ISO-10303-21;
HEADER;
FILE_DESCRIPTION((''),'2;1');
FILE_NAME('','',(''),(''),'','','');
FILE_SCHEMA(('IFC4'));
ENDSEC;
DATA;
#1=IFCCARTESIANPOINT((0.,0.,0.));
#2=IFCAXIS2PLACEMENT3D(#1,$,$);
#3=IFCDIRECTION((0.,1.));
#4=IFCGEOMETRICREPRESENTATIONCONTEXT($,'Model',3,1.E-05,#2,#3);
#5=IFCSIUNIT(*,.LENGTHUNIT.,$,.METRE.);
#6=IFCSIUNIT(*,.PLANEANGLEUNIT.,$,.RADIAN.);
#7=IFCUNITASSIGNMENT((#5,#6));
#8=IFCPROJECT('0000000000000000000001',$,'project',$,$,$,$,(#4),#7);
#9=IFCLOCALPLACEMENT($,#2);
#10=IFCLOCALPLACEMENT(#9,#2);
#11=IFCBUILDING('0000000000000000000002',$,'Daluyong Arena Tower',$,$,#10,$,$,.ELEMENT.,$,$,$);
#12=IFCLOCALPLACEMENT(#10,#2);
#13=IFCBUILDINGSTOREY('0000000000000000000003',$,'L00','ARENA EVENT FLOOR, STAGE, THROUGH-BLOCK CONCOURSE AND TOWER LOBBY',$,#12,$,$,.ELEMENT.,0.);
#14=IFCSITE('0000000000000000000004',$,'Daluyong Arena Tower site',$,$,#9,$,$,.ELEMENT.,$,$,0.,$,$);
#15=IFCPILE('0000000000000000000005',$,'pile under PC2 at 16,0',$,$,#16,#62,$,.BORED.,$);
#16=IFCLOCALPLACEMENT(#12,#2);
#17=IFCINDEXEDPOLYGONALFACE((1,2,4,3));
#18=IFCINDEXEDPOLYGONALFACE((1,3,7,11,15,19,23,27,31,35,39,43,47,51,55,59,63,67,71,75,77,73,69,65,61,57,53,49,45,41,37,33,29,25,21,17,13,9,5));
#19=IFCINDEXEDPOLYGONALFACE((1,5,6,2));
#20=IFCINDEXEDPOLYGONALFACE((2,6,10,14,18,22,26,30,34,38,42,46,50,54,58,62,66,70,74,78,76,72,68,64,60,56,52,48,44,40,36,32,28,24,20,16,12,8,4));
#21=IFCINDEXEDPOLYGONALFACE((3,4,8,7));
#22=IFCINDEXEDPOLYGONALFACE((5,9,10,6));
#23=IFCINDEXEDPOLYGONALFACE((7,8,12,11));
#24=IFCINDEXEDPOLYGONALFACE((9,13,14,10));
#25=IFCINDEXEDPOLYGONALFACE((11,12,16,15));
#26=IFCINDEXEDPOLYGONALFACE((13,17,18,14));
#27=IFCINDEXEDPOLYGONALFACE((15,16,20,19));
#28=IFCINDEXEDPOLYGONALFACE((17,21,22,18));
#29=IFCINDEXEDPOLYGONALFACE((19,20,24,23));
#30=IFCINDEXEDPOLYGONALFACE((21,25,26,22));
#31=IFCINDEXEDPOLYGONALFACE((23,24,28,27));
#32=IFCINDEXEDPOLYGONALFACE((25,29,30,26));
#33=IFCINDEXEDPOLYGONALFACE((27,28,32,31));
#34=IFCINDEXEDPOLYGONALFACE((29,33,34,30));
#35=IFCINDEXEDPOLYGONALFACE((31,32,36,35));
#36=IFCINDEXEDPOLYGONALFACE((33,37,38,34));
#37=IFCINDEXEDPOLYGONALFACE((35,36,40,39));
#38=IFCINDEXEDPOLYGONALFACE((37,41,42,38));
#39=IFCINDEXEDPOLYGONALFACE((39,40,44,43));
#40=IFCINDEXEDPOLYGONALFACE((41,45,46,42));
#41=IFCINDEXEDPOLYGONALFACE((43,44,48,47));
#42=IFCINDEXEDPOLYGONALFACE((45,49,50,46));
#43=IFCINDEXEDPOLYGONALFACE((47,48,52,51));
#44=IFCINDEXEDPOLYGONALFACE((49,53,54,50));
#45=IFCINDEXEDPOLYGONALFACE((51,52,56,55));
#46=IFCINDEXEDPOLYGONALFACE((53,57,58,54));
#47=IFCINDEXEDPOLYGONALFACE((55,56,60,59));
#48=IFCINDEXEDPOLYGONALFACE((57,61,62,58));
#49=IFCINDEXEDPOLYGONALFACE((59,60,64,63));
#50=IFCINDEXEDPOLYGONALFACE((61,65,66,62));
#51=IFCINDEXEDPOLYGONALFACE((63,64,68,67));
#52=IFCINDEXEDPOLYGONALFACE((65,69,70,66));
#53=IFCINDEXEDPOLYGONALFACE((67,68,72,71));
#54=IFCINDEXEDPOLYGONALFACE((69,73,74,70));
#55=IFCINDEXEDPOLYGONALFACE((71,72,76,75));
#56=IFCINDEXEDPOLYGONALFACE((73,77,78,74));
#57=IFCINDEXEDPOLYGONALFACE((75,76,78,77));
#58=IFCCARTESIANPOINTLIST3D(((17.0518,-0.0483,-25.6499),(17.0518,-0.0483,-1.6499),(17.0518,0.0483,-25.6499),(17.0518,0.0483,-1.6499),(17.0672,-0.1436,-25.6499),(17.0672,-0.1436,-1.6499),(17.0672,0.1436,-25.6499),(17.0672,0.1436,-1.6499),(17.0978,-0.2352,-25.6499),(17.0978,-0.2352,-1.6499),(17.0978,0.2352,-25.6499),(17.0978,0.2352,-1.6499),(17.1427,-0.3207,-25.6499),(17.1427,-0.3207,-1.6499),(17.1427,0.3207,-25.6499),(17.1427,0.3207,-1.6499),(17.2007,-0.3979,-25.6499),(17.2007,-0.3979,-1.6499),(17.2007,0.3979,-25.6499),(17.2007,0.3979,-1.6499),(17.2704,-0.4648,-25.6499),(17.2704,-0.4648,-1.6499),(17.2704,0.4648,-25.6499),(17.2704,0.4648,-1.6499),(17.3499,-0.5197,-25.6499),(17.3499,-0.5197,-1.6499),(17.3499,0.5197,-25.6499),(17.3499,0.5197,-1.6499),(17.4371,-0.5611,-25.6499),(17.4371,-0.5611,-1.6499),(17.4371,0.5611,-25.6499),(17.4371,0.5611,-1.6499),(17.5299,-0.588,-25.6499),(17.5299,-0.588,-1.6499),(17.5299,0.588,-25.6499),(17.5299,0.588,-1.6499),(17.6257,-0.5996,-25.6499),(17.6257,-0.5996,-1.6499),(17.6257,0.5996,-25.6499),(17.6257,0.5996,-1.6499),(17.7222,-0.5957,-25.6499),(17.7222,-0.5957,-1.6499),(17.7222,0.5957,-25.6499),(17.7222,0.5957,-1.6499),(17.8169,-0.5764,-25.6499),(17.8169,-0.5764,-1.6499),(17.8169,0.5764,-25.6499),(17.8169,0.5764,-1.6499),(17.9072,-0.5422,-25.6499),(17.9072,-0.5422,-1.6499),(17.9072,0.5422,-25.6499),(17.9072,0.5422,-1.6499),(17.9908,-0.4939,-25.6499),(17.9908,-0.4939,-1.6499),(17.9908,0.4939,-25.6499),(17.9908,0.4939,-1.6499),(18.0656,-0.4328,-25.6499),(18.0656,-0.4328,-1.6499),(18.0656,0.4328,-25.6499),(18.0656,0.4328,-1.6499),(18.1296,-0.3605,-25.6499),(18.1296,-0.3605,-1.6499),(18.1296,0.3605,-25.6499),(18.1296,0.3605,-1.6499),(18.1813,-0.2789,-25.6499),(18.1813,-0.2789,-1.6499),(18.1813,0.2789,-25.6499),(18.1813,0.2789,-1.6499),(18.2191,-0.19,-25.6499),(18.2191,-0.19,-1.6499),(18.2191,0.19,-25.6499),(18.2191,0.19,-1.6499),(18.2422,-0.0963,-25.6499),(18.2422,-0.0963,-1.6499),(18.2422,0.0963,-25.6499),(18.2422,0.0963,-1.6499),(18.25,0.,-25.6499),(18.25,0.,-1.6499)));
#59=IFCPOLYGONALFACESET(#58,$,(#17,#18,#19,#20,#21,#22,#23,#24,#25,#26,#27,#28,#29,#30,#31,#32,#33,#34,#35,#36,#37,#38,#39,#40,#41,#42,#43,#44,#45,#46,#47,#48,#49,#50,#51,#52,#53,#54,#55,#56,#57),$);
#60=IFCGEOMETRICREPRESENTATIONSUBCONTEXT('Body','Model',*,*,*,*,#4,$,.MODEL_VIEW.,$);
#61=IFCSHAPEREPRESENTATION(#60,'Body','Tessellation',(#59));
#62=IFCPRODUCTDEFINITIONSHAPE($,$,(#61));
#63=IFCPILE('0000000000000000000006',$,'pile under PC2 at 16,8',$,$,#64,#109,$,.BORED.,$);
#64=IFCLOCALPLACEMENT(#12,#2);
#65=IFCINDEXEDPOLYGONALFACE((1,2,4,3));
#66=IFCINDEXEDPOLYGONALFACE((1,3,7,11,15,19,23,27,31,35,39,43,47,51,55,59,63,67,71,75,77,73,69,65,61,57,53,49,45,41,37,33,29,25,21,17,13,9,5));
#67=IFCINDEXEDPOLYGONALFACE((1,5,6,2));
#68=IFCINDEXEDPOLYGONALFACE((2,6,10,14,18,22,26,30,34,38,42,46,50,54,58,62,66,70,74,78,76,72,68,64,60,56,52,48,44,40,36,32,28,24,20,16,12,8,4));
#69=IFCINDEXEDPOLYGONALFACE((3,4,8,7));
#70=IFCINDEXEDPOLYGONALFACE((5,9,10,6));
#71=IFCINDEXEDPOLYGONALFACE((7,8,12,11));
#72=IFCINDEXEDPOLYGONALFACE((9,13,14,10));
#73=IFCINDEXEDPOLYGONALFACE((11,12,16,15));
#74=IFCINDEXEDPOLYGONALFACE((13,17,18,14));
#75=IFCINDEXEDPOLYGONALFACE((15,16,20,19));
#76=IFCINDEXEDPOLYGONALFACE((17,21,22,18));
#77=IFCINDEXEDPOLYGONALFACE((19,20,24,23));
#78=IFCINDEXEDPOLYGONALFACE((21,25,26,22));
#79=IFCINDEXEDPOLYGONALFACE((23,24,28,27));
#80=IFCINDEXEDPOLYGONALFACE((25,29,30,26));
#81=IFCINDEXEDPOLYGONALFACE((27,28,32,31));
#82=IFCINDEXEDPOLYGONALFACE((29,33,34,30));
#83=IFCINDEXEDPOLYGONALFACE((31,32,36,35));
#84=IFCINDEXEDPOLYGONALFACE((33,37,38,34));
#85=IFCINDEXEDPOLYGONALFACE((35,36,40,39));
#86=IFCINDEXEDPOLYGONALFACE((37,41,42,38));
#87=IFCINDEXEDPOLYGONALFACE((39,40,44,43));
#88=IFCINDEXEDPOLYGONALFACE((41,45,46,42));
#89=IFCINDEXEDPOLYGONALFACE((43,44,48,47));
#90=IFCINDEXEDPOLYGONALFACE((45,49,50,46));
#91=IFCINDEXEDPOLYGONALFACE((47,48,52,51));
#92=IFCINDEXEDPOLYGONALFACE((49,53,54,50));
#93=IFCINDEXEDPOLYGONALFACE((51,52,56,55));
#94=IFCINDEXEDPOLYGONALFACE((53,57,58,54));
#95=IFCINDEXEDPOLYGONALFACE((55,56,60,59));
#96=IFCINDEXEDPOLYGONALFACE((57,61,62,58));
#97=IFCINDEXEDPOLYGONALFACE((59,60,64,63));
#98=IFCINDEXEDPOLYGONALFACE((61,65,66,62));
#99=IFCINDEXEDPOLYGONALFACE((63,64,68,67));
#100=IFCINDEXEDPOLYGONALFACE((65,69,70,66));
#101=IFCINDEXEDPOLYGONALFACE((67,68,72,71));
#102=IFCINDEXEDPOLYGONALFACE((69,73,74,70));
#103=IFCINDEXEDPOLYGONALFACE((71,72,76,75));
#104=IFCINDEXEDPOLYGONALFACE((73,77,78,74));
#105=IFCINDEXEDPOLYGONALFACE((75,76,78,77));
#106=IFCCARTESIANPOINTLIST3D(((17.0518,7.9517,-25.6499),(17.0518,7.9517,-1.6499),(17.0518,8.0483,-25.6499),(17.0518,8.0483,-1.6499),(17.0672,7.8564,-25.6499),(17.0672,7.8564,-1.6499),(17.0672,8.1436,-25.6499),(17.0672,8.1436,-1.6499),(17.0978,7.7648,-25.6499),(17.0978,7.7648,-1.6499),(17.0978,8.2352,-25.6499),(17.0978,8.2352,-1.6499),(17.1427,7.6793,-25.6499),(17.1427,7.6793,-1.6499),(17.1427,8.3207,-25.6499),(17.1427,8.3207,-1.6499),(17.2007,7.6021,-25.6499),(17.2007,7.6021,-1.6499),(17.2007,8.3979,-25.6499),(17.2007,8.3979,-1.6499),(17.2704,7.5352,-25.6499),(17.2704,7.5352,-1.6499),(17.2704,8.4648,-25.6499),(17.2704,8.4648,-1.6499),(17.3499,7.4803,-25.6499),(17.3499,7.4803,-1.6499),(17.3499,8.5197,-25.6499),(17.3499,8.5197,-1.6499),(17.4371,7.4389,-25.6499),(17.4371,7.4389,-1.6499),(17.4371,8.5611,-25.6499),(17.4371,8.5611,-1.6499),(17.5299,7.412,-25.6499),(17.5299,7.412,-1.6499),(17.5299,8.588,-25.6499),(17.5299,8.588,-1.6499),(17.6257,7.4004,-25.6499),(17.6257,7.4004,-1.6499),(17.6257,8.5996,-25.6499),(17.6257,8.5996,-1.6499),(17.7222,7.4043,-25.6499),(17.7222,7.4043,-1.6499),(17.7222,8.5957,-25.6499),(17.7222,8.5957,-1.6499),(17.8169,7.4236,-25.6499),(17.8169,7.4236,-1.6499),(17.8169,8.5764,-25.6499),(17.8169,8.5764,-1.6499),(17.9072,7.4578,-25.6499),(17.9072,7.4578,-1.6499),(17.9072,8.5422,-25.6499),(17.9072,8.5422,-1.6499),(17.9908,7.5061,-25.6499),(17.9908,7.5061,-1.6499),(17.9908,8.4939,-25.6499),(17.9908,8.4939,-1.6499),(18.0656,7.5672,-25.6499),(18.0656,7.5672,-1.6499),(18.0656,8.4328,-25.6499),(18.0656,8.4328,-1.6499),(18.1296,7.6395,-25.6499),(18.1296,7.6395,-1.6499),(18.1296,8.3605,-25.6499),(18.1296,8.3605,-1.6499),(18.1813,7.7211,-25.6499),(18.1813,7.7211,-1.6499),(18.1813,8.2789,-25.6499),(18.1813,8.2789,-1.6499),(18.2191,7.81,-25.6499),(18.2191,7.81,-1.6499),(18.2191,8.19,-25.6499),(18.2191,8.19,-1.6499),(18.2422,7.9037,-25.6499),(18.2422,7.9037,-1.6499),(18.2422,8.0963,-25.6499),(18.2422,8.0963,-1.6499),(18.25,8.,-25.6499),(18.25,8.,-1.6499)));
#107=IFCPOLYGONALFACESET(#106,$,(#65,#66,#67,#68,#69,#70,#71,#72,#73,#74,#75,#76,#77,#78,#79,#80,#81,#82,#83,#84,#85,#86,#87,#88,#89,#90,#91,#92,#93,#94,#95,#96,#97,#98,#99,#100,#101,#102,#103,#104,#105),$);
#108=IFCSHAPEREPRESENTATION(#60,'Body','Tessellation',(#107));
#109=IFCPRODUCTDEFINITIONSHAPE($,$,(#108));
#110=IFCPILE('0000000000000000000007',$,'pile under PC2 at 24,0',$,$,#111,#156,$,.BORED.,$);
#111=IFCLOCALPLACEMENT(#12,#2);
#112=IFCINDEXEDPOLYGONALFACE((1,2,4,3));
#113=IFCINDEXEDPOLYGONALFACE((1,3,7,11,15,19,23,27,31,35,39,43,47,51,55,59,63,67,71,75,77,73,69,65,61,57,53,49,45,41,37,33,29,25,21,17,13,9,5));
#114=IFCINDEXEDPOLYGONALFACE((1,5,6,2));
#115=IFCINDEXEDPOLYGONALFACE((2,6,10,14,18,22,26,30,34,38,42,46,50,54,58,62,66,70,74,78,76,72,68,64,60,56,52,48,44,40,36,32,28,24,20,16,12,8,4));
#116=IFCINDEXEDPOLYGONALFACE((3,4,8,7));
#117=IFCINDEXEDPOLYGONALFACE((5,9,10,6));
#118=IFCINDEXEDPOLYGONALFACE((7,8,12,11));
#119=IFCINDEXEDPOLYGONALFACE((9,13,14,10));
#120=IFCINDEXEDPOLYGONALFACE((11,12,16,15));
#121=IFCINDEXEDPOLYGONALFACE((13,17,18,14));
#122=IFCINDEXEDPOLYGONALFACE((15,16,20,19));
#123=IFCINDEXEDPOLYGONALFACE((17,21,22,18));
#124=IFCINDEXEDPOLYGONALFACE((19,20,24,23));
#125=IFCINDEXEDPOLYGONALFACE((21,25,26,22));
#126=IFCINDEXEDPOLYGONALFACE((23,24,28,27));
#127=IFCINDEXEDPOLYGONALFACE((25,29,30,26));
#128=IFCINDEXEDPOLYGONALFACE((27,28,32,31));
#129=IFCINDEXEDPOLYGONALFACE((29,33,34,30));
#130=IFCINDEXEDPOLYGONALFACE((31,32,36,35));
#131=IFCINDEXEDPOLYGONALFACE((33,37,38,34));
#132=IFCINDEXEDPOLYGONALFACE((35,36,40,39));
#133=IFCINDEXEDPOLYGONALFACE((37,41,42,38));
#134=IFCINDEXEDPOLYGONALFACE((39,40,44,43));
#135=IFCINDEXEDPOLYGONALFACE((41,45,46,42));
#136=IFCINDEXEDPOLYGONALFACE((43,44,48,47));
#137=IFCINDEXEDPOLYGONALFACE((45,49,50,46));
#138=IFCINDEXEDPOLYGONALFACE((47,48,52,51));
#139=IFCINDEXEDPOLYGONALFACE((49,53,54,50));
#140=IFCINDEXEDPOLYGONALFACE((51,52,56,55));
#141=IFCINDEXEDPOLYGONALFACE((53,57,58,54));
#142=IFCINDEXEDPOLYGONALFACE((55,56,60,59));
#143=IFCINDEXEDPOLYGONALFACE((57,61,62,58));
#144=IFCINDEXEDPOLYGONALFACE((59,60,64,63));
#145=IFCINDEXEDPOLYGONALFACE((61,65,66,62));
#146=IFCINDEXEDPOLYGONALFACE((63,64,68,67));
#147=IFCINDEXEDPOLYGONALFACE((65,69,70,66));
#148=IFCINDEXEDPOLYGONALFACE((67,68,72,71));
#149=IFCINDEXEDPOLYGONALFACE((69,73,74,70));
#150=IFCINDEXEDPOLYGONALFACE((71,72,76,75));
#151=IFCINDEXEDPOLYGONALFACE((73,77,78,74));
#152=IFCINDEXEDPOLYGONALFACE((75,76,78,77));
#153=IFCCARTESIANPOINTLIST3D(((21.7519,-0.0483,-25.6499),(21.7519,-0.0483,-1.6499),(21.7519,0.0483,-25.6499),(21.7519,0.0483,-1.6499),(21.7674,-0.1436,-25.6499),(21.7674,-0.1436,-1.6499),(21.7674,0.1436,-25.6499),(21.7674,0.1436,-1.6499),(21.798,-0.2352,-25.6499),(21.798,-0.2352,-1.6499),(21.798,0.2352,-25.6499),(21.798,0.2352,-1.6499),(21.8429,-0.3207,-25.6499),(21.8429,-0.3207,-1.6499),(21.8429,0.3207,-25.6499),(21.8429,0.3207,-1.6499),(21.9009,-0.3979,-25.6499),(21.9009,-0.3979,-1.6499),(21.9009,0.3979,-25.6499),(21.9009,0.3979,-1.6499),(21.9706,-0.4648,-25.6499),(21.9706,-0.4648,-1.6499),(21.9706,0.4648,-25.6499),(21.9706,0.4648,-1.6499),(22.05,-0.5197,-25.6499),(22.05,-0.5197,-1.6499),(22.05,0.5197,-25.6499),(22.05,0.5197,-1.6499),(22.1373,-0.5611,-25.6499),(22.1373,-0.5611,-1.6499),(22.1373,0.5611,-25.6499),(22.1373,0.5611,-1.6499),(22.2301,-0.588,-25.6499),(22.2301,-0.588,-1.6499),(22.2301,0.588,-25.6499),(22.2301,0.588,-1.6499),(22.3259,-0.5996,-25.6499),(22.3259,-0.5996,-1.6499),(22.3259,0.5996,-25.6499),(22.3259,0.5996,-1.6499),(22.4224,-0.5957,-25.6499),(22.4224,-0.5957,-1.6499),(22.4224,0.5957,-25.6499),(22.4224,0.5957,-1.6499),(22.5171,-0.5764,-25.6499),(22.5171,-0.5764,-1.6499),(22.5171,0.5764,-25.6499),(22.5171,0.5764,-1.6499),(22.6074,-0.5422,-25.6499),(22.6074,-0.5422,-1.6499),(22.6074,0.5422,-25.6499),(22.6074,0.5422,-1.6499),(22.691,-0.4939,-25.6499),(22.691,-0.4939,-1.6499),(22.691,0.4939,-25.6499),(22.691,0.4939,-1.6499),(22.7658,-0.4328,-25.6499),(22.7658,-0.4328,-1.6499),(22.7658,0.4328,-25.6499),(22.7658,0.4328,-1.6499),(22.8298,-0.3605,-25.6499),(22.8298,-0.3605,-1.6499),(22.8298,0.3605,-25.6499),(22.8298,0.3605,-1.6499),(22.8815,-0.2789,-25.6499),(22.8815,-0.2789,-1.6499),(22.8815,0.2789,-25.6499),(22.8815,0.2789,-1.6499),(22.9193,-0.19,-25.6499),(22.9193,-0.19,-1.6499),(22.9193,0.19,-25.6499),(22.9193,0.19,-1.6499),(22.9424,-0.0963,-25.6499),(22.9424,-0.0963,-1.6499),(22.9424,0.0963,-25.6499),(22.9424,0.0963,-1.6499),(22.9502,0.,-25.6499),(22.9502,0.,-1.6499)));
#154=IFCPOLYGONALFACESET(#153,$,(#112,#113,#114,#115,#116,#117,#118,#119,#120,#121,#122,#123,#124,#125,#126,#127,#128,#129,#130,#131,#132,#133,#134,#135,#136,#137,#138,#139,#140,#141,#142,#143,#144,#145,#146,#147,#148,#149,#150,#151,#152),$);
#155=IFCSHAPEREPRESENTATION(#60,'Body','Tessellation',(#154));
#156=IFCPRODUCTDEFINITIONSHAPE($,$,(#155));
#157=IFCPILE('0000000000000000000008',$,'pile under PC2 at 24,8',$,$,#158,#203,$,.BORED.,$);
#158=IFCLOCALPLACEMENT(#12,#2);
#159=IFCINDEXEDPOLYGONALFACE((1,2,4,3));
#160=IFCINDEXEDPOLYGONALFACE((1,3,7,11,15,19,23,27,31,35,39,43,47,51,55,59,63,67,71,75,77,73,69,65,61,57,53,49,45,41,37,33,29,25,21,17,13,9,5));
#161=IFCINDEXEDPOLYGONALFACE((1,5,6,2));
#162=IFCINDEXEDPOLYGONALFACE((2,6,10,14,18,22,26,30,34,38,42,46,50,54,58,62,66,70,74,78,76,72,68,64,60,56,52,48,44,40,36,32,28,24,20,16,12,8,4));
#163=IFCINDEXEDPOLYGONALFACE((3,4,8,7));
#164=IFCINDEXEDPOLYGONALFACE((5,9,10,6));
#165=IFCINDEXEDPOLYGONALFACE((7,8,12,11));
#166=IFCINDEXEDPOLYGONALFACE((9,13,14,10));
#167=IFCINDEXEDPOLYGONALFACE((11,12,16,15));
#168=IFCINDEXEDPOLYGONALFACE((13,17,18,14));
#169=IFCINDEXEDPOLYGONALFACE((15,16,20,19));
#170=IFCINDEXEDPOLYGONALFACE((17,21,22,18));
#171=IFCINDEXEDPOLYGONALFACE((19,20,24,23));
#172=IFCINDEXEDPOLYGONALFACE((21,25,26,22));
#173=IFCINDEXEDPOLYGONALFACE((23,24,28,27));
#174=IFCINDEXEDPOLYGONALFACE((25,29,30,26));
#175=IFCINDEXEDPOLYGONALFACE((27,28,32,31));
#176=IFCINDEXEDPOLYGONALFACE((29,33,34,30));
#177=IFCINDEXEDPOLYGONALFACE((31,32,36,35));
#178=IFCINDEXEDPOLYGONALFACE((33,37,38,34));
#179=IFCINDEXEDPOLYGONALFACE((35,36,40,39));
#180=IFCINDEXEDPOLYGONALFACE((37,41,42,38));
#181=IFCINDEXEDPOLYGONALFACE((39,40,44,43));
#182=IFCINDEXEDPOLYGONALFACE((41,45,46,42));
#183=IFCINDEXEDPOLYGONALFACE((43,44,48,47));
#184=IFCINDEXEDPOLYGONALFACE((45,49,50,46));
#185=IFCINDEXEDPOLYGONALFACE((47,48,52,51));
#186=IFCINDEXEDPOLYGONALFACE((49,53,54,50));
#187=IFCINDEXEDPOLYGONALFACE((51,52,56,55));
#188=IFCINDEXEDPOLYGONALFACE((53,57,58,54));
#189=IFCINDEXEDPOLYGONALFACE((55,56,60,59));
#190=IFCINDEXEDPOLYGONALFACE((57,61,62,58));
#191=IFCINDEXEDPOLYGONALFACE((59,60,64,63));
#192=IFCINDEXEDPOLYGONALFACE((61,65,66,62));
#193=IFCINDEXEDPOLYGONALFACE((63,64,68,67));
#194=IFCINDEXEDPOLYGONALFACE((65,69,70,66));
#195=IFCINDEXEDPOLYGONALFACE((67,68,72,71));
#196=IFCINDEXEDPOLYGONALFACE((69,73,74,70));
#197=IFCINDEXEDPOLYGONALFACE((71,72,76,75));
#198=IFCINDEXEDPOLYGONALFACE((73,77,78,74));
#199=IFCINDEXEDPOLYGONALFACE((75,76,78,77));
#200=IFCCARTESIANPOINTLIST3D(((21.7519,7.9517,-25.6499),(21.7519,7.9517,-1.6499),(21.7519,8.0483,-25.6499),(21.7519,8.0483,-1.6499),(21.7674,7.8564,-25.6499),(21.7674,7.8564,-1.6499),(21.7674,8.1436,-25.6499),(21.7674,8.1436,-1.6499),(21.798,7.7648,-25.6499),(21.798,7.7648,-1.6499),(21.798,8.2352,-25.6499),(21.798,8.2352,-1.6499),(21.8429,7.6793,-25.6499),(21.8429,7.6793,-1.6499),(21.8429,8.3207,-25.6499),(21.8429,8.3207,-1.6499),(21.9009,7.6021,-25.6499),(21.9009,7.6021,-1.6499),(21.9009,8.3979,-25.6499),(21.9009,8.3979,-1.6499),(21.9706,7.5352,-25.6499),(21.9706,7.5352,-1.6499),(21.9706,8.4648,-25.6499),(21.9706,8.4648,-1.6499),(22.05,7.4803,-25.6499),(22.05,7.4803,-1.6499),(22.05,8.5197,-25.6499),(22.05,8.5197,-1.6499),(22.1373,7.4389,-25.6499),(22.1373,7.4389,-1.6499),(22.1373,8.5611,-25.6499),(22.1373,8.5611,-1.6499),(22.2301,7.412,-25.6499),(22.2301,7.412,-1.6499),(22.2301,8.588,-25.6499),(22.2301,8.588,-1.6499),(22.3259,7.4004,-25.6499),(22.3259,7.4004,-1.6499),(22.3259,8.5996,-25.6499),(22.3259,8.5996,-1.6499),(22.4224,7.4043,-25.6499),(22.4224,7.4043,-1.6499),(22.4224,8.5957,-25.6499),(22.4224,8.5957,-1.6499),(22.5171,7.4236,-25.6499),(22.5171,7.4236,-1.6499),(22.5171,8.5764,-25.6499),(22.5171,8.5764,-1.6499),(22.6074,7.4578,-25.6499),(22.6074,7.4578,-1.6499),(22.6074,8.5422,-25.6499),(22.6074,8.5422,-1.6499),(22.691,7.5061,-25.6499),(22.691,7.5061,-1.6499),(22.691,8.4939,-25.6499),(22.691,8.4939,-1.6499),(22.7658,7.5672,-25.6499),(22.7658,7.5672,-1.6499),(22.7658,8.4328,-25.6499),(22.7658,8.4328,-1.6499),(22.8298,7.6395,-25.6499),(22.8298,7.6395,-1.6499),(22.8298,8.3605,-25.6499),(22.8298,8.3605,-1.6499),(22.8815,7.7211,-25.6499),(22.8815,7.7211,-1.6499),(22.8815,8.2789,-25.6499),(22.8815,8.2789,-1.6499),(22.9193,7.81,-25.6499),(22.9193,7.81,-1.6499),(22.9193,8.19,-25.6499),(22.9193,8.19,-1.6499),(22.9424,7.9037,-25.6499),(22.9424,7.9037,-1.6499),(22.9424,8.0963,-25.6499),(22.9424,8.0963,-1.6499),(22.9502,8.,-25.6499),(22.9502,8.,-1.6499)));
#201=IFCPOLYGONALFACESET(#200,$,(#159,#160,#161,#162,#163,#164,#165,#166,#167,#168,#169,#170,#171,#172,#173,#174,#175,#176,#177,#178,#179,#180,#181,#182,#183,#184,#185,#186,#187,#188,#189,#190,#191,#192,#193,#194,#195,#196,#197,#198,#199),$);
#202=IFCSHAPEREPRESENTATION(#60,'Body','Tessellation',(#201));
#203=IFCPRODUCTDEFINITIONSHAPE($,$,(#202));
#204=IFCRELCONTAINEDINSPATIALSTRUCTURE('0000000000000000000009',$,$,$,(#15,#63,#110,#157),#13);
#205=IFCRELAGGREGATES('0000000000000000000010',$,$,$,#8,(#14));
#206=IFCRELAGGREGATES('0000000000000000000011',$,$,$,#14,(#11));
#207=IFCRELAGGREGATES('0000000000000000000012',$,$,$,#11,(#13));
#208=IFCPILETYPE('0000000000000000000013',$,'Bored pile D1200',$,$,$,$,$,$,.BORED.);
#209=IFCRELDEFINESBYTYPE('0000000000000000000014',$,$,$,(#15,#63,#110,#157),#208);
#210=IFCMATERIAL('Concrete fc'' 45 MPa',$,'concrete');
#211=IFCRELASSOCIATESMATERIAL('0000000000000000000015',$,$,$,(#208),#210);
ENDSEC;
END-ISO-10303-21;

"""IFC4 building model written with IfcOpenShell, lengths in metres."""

from ifc_helpers import new_model, si_unit, direction, frame, origin, origin_2d, place, context, subcontext, project, spatial, circle, extrude, material, type_object, element, save


model = new_model("IFC4")

# Units and contexts
model_context = context("Model", 3, precision=1e-05, world=origin(), true_north=direction((0.0, 1.0)))
body_context = subcontext(model_context, "Body", "Model", "MODEL_VIEW")
ifc_project = project(units=[si_unit("LENGTHUNIT", "METRE"), si_unit("PLANEANGLEUNIT", "RADIAN")], contexts=[model_context])

# Site, building, storey
site_placement = place(None, origin())
site = spatial("IfcSite", under=ifc_project, at=site_placement, Name="Daluyong Arena Tower site", CompositionType="ELEMENT", RefElevation=0.0)
building_placement = place(site_placement, origin())
building = spatial("IfcBuilding", under=site, at=building_placement, Name="Daluyong Arena Tower", CompositionType="ELEMENT")
storey_placement = place(building_placement, origin())
storey = spatial("IfcBuildingStorey", under=building, at=storey_placement, Name="L00", Description="ARENA EVENT FLOOR, STAGE, THROUGH-BLOCK CONCOURSE AND TOWER LOBBY", CompositionType="ELEMENT", Elevation=0.0)

# Piles
ifc_material_1 = material(Name="Concrete fc' 45 MPa", Category="concrete")
pile_type = type_object("IfcPileType", Name="Bored pile D1200", PredefinedType="BORED", material=ifc_material_1)
for number, where, z_axis, x_axis, name in (
    (1, (17.6499, 0.0, -1.6499), (0.0, 0.0, -1.0), (1.0, 0.0, 0.0), "pile under PC2 at 16,0"),
    (2, (17.6499, 8.0, -1.6499), (0.0, 0.0, -1.0), (1.0, 0.0, 0.0), "pile under PC2 at 16,8"),
    (3, (22.3501, 0.0, -1.6499), (0.0, 0.0, -1.0), (1.0, 0.0, 0.0), "pile under PC2 at 24,0"),
    (4, (22.3501, 8.0, -1.6499), (0.0, 0.0, -1.0), (1.0, 0.0, 0.0), "pile under PC2 at 24,8"),
):
    element("IfcPile", number, at=place(storey_placement, frame(where, z_axis=z_axis, x_axis=x_axis)), inside=storey, type_object=pile_type, Name=name, PredefinedType="BORED", context=body_context, shape_type="SweptSolid", body=[
        extrude(circle(Radius=0.6001, at=origin_2d()), origin(), (0.0, 0.0, 1.0), 24.0),
    ])

save(model, "model.ifc")
